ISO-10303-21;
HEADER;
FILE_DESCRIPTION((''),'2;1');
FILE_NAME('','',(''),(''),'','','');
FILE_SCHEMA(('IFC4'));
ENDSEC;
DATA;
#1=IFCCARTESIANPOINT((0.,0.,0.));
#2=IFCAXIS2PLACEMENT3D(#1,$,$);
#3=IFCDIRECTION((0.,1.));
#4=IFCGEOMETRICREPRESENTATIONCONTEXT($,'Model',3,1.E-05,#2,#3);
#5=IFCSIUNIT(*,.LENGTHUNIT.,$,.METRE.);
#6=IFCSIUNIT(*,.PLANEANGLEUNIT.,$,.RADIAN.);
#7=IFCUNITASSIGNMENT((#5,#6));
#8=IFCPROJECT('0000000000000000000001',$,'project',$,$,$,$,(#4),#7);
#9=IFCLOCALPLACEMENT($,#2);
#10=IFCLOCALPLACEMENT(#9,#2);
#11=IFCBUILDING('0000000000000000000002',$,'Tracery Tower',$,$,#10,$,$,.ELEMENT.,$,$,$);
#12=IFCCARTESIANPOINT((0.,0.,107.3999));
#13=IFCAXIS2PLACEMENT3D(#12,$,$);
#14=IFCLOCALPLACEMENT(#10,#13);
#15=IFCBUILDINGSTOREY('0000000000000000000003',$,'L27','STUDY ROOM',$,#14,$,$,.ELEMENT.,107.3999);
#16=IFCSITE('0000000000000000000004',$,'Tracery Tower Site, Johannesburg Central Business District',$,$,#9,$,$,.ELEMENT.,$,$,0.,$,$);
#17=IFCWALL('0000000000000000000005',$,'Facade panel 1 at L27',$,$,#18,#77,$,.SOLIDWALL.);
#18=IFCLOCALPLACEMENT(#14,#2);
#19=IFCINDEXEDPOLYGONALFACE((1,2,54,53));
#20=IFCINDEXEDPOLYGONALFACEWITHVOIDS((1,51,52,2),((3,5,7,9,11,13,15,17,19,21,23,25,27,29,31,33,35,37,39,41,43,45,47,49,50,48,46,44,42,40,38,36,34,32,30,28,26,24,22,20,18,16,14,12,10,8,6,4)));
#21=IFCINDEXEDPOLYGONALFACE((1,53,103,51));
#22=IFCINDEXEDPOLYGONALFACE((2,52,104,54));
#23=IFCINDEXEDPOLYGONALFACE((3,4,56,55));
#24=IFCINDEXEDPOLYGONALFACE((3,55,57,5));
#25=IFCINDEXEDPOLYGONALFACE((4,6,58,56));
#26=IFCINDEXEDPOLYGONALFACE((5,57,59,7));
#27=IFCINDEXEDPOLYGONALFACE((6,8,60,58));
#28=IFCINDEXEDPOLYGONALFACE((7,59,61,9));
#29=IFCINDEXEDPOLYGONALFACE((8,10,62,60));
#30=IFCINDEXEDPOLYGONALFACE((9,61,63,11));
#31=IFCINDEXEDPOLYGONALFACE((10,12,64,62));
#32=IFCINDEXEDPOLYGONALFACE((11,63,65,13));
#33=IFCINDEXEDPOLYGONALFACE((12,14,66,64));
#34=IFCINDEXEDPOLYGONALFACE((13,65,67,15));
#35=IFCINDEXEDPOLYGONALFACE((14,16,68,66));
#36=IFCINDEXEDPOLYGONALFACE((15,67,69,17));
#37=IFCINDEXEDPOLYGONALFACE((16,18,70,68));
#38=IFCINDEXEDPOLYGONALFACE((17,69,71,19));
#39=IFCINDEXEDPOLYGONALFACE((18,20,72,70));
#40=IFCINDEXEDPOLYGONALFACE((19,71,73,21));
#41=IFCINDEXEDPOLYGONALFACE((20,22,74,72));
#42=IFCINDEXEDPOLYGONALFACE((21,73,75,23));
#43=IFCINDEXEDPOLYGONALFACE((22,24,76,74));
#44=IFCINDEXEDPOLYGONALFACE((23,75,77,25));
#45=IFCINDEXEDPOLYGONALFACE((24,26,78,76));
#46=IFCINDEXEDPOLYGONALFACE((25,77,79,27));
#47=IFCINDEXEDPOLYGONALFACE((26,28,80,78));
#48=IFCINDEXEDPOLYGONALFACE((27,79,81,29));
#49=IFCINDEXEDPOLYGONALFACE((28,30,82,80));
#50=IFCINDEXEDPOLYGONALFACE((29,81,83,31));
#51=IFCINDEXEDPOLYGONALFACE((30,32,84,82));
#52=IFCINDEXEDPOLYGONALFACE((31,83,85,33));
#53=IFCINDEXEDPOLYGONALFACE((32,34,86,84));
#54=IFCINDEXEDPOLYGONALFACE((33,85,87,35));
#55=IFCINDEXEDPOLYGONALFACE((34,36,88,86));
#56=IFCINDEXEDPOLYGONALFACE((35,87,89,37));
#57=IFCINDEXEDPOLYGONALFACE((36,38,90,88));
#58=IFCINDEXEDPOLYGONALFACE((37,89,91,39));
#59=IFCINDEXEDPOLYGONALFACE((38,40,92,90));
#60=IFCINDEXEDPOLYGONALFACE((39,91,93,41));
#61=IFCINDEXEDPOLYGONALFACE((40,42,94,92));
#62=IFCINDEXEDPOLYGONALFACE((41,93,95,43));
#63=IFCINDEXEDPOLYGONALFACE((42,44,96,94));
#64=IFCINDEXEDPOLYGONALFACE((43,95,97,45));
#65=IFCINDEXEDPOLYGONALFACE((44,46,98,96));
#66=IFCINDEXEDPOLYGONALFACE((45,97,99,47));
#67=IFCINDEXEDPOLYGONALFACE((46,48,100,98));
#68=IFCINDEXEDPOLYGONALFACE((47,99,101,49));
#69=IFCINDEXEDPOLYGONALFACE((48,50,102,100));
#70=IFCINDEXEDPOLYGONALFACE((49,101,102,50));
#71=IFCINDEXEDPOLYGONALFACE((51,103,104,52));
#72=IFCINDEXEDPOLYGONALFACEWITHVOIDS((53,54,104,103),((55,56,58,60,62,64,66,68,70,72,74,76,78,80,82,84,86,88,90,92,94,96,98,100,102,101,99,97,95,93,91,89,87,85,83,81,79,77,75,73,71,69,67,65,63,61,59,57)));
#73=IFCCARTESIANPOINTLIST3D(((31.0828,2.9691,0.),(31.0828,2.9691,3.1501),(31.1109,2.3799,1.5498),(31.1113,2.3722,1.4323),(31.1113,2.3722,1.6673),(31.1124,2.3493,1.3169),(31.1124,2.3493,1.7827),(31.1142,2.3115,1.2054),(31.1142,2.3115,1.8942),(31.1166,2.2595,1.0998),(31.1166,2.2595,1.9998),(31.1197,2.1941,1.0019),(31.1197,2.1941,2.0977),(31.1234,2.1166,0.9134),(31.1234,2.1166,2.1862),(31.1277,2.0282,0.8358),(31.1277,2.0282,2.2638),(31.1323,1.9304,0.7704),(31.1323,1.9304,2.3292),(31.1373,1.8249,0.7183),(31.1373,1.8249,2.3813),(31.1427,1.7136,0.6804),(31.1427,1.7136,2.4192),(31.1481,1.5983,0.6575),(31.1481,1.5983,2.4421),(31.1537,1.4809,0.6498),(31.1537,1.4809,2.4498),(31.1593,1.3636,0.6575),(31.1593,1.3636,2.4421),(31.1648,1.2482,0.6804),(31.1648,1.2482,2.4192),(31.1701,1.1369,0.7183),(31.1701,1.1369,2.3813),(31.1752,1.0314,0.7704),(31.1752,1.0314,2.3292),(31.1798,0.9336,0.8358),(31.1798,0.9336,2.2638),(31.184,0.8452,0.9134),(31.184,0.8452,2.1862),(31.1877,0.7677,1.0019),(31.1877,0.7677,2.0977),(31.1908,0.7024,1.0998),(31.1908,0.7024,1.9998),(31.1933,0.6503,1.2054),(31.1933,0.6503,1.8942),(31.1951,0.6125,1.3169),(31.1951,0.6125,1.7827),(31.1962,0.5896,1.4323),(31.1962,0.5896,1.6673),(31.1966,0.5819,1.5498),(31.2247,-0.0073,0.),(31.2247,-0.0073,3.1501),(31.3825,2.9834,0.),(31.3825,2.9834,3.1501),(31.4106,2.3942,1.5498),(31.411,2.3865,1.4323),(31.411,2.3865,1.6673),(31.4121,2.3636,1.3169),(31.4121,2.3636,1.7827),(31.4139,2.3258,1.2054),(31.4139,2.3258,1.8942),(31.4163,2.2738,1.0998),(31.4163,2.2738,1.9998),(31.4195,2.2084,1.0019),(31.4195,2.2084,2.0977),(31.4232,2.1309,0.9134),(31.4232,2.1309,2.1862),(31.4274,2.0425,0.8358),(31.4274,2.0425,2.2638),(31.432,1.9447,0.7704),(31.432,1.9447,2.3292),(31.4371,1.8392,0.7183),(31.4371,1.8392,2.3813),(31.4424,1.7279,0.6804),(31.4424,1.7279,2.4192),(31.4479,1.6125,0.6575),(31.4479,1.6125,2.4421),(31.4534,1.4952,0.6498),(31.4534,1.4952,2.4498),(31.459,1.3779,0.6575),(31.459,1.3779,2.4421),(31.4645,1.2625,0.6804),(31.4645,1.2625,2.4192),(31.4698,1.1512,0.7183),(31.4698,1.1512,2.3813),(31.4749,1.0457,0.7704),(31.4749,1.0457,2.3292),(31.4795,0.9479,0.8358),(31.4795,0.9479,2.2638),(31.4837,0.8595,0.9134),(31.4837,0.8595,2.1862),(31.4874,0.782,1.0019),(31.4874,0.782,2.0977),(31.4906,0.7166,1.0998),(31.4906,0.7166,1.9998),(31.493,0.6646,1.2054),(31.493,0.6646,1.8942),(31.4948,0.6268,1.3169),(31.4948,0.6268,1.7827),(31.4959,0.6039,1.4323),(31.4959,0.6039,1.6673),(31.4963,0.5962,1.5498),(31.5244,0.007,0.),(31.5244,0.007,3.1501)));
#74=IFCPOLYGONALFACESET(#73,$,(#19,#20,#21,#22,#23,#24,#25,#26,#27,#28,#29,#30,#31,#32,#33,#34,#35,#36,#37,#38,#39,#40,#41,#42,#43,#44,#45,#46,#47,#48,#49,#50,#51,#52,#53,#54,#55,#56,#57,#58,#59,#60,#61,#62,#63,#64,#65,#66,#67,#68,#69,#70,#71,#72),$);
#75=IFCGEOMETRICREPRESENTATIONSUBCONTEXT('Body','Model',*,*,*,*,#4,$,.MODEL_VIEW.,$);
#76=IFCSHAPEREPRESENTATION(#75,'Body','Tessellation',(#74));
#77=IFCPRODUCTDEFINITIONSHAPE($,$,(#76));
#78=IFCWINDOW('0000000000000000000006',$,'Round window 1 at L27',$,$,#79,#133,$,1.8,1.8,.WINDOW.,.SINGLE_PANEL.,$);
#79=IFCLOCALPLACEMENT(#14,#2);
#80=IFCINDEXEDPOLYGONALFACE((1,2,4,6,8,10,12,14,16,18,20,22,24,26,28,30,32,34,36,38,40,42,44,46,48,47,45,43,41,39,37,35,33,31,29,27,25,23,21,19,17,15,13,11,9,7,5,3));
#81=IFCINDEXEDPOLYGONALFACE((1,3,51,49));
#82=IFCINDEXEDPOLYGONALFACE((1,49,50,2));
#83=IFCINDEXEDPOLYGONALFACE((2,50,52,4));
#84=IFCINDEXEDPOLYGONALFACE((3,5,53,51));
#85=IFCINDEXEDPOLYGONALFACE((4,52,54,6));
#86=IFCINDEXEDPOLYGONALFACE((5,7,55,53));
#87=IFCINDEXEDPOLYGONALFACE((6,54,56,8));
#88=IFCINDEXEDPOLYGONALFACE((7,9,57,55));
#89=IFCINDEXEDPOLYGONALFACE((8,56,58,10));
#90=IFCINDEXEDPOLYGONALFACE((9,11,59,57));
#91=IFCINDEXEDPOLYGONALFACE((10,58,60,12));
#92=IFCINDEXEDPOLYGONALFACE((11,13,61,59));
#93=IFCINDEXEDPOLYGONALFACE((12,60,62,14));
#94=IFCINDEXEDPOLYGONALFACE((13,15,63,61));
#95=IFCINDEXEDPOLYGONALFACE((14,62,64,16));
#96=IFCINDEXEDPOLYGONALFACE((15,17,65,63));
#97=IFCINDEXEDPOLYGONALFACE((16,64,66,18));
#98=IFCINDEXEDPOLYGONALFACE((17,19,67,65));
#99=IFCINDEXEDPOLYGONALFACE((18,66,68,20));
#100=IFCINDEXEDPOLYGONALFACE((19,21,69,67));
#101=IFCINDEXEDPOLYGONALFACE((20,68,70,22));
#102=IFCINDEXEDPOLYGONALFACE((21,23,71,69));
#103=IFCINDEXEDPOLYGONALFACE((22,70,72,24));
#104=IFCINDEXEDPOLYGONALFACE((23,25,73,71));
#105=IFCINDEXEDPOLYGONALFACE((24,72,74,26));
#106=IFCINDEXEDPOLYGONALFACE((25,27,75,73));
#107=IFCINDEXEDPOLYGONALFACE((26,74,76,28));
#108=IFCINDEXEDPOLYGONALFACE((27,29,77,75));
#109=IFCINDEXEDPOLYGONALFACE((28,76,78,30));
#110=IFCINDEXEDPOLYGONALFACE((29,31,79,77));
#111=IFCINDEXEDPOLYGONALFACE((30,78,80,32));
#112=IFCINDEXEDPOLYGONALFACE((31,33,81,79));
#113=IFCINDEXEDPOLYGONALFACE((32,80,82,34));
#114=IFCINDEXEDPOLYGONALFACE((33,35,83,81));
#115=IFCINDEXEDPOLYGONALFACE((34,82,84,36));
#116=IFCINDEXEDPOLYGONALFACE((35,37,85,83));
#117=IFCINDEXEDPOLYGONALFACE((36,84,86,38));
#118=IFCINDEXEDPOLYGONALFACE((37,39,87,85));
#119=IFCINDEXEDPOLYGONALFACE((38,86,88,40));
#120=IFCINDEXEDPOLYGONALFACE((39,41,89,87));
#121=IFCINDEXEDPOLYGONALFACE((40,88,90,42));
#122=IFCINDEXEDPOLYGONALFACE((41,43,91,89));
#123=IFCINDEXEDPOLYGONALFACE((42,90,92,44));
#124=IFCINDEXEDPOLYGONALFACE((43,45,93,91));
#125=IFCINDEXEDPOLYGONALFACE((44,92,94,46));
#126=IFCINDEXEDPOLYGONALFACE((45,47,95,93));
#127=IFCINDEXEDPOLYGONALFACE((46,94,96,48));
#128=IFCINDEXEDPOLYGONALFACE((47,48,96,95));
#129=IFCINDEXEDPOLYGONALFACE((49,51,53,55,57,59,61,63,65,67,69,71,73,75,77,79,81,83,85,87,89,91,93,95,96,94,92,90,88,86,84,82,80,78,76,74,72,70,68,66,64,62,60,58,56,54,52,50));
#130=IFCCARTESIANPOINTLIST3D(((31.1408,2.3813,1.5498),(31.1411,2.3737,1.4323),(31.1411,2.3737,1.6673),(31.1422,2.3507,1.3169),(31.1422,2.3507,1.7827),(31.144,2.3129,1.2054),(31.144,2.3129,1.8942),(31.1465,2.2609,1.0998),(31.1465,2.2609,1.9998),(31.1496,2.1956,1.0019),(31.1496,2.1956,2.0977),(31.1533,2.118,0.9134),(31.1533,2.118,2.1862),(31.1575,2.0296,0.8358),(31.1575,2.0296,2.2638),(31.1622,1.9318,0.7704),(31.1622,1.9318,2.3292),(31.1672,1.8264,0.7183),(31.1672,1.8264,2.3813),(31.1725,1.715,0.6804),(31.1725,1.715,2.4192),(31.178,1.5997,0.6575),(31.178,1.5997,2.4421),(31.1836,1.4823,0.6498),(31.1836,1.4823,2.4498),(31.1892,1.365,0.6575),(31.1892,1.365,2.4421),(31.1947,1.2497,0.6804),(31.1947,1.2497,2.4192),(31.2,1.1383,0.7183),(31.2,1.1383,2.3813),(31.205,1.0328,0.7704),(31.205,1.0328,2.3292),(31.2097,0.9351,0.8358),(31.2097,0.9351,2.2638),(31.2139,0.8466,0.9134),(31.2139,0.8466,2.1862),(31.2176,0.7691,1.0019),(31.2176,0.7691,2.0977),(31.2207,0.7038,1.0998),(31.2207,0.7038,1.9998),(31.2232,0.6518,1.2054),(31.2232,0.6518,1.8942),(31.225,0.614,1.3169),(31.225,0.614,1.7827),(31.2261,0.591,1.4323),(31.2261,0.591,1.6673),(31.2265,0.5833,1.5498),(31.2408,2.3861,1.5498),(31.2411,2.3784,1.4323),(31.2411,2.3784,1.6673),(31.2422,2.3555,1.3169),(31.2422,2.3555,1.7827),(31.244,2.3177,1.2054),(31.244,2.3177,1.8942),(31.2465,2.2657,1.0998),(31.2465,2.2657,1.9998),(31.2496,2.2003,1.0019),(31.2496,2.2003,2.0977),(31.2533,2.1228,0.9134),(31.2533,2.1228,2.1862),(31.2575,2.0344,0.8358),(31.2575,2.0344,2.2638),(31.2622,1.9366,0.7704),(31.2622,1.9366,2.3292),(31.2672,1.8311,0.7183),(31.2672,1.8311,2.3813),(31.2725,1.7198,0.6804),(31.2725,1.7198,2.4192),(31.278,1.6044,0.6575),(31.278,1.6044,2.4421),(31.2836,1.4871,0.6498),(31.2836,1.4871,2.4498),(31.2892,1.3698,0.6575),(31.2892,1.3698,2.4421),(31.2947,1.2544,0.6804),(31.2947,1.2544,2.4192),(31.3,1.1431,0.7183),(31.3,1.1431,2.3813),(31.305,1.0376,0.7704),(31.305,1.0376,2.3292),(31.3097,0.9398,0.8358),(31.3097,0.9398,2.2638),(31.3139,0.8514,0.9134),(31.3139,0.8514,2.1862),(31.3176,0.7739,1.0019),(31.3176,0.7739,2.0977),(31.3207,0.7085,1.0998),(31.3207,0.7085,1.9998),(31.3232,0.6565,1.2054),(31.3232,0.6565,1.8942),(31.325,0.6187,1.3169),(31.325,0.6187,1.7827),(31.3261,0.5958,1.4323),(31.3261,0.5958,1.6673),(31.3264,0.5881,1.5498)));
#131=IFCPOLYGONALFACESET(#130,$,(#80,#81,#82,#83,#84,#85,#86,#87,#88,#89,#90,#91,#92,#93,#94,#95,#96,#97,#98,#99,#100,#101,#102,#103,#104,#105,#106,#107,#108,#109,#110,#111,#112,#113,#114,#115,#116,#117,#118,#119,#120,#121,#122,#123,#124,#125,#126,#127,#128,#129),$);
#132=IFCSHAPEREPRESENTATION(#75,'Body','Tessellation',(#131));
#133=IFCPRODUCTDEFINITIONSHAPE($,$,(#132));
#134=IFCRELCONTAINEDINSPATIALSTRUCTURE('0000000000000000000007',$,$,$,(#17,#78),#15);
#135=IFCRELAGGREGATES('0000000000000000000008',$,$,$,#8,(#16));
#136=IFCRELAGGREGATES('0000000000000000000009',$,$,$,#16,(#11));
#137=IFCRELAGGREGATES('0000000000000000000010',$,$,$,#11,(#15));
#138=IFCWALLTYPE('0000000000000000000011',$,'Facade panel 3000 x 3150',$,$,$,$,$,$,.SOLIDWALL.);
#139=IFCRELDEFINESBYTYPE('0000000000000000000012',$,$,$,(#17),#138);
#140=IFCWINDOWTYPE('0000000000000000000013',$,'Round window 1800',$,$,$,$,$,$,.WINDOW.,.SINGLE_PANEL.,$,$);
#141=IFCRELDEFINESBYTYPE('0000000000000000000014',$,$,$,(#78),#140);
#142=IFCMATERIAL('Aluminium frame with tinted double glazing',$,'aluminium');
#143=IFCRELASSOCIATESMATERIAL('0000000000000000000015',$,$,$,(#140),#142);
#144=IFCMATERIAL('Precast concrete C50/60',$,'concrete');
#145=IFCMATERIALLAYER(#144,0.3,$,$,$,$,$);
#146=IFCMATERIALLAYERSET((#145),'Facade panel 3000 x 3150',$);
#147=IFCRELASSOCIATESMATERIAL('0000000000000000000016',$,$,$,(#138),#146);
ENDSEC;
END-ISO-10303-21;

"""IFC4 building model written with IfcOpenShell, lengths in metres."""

from ifc_helpers import new_model, si_unit, direction, frame, frame_2d, origin, origin_2d, place, context, subcontext, project, spatial, rectangle, circle, extrude, material, layer, layer_set, type_object, element, fill, save


model = new_model("IFC4")

# Units and contexts
model_context = context("Model", 3, precision=1e-05, world=origin(), true_north=direction((0.0, 1.0)))
body_context = subcontext(model_context, "Body", "Model", "MODEL_VIEW")
ifc_project = project(units=[si_unit("LENGTHUNIT", "METRE"), si_unit("PLANEANGLEUNIT", "RADIAN")], contexts=[model_context])

# Site, building, storey
site_placement = place(None, origin())
site = spatial("IfcSite", under=ifc_project, at=site_placement, Name="Tracery Tower Site, Johannesburg Central Business District", CompositionType="ELEMENT", RefElevation=0.0)
building_placement = place(site_placement, origin())
building = spatial("IfcBuilding", under=site, at=building_placement, Name="Tracery Tower", CompositionType="ELEMENT")
storey_placement = place(building_placement, frame((0.0, 0.0, 107.3999)))
storey = spatial("IfcBuildingStorey", under=building, at=storey_placement, Name="L27", Description="STUDY ROOM", CompositionType="ELEMENT", Elevation=107.3999)

# Wall, opening, window
ifc_material_1 = material(Name="Aluminium frame with tinted double glazing", Category="aluminium")
window_type = type_object("IfcWindowType", Name="Round window 1800", PartitioningType="SINGLE_PANEL", PredefinedType="WINDOW", material=ifc_material_1)
ifc_material_2 = material(Name="Precast concrete C50/60", Category="concrete")
ifc_layer_1 = layer(ifc_material_2, 0.3)
ifc_layer_set_1 = layer_set([ifc_layer_1], Name="Facade panel 3000 x 3150")
wall_type_1 = type_object("IfcWallType", Name="Facade panel 3000 x 3150", PredefinedType="SOLIDWALL", material=ifc_layer_set_1)
wall_1_placement = place(storey_placement, frame((31.3745, 0.0, 0.0), z_axis=(0.0, 0.0, 1.0), x_axis=(-0.047604, 0.998866, 0.0)))
wall_1 = element("IfcWall", 1, at=wall_1_placement, inside=storey, type_object=wall_type_1, Name="Facade panel 1 at L27", PredefinedType="SOLIDWALL", context=body_context, shape_type="SweptSolid", body=[
    extrude(rectangle(XDim=2.9797, YDim=0.3, at=frame_2d((1.4897, 0.0))), origin(), (0.0, 0.0, 1.0), 3.1501),
])
opening_1_placement = place(wall_1_placement, frame((1.4897, 0.0, 1.5498)))
opening_1 = element("IfcOpeningElement", 2, at=opening_1_placement, cuts=wall_1, PredefinedType="OPENING", context=body_context, shape_type="SweptSolid", body=[
    extrude(circle(Radius=0.9, at=origin_2d()), frame((0.0, 0.1599, 0.0), z_axis=(0.0, -1.0, 0.0), x_axis=(1.0, 0.0, 0.0)), (0.0, 0.0, 1.0), 0.3201),
])
window_1_placement = place(opening_1_placement, origin())
window_1 = element("IfcWindow", 3, at=window_1_placement, inside=storey, type_object=window_type, Name="Round window 1 at L27", OverallHeight=1.8, OverallWidth=1.8, PartitioningType="SINGLE_PANEL", PredefinedType="WINDOW", context=body_context, shape_type="SweptSolid", body=[
    extrude(circle(Radius=0.9, at=origin_2d()), frame((0.0, 0.1201, 0.0), z_axis=(0.0, -1.0, 0.0), x_axis=(1.0, 0.0, 0.0)), (0.0, 0.0, 1.0), 0.1001),
])
fill(opening_1, window_1)

save(model, "model.ifc")
